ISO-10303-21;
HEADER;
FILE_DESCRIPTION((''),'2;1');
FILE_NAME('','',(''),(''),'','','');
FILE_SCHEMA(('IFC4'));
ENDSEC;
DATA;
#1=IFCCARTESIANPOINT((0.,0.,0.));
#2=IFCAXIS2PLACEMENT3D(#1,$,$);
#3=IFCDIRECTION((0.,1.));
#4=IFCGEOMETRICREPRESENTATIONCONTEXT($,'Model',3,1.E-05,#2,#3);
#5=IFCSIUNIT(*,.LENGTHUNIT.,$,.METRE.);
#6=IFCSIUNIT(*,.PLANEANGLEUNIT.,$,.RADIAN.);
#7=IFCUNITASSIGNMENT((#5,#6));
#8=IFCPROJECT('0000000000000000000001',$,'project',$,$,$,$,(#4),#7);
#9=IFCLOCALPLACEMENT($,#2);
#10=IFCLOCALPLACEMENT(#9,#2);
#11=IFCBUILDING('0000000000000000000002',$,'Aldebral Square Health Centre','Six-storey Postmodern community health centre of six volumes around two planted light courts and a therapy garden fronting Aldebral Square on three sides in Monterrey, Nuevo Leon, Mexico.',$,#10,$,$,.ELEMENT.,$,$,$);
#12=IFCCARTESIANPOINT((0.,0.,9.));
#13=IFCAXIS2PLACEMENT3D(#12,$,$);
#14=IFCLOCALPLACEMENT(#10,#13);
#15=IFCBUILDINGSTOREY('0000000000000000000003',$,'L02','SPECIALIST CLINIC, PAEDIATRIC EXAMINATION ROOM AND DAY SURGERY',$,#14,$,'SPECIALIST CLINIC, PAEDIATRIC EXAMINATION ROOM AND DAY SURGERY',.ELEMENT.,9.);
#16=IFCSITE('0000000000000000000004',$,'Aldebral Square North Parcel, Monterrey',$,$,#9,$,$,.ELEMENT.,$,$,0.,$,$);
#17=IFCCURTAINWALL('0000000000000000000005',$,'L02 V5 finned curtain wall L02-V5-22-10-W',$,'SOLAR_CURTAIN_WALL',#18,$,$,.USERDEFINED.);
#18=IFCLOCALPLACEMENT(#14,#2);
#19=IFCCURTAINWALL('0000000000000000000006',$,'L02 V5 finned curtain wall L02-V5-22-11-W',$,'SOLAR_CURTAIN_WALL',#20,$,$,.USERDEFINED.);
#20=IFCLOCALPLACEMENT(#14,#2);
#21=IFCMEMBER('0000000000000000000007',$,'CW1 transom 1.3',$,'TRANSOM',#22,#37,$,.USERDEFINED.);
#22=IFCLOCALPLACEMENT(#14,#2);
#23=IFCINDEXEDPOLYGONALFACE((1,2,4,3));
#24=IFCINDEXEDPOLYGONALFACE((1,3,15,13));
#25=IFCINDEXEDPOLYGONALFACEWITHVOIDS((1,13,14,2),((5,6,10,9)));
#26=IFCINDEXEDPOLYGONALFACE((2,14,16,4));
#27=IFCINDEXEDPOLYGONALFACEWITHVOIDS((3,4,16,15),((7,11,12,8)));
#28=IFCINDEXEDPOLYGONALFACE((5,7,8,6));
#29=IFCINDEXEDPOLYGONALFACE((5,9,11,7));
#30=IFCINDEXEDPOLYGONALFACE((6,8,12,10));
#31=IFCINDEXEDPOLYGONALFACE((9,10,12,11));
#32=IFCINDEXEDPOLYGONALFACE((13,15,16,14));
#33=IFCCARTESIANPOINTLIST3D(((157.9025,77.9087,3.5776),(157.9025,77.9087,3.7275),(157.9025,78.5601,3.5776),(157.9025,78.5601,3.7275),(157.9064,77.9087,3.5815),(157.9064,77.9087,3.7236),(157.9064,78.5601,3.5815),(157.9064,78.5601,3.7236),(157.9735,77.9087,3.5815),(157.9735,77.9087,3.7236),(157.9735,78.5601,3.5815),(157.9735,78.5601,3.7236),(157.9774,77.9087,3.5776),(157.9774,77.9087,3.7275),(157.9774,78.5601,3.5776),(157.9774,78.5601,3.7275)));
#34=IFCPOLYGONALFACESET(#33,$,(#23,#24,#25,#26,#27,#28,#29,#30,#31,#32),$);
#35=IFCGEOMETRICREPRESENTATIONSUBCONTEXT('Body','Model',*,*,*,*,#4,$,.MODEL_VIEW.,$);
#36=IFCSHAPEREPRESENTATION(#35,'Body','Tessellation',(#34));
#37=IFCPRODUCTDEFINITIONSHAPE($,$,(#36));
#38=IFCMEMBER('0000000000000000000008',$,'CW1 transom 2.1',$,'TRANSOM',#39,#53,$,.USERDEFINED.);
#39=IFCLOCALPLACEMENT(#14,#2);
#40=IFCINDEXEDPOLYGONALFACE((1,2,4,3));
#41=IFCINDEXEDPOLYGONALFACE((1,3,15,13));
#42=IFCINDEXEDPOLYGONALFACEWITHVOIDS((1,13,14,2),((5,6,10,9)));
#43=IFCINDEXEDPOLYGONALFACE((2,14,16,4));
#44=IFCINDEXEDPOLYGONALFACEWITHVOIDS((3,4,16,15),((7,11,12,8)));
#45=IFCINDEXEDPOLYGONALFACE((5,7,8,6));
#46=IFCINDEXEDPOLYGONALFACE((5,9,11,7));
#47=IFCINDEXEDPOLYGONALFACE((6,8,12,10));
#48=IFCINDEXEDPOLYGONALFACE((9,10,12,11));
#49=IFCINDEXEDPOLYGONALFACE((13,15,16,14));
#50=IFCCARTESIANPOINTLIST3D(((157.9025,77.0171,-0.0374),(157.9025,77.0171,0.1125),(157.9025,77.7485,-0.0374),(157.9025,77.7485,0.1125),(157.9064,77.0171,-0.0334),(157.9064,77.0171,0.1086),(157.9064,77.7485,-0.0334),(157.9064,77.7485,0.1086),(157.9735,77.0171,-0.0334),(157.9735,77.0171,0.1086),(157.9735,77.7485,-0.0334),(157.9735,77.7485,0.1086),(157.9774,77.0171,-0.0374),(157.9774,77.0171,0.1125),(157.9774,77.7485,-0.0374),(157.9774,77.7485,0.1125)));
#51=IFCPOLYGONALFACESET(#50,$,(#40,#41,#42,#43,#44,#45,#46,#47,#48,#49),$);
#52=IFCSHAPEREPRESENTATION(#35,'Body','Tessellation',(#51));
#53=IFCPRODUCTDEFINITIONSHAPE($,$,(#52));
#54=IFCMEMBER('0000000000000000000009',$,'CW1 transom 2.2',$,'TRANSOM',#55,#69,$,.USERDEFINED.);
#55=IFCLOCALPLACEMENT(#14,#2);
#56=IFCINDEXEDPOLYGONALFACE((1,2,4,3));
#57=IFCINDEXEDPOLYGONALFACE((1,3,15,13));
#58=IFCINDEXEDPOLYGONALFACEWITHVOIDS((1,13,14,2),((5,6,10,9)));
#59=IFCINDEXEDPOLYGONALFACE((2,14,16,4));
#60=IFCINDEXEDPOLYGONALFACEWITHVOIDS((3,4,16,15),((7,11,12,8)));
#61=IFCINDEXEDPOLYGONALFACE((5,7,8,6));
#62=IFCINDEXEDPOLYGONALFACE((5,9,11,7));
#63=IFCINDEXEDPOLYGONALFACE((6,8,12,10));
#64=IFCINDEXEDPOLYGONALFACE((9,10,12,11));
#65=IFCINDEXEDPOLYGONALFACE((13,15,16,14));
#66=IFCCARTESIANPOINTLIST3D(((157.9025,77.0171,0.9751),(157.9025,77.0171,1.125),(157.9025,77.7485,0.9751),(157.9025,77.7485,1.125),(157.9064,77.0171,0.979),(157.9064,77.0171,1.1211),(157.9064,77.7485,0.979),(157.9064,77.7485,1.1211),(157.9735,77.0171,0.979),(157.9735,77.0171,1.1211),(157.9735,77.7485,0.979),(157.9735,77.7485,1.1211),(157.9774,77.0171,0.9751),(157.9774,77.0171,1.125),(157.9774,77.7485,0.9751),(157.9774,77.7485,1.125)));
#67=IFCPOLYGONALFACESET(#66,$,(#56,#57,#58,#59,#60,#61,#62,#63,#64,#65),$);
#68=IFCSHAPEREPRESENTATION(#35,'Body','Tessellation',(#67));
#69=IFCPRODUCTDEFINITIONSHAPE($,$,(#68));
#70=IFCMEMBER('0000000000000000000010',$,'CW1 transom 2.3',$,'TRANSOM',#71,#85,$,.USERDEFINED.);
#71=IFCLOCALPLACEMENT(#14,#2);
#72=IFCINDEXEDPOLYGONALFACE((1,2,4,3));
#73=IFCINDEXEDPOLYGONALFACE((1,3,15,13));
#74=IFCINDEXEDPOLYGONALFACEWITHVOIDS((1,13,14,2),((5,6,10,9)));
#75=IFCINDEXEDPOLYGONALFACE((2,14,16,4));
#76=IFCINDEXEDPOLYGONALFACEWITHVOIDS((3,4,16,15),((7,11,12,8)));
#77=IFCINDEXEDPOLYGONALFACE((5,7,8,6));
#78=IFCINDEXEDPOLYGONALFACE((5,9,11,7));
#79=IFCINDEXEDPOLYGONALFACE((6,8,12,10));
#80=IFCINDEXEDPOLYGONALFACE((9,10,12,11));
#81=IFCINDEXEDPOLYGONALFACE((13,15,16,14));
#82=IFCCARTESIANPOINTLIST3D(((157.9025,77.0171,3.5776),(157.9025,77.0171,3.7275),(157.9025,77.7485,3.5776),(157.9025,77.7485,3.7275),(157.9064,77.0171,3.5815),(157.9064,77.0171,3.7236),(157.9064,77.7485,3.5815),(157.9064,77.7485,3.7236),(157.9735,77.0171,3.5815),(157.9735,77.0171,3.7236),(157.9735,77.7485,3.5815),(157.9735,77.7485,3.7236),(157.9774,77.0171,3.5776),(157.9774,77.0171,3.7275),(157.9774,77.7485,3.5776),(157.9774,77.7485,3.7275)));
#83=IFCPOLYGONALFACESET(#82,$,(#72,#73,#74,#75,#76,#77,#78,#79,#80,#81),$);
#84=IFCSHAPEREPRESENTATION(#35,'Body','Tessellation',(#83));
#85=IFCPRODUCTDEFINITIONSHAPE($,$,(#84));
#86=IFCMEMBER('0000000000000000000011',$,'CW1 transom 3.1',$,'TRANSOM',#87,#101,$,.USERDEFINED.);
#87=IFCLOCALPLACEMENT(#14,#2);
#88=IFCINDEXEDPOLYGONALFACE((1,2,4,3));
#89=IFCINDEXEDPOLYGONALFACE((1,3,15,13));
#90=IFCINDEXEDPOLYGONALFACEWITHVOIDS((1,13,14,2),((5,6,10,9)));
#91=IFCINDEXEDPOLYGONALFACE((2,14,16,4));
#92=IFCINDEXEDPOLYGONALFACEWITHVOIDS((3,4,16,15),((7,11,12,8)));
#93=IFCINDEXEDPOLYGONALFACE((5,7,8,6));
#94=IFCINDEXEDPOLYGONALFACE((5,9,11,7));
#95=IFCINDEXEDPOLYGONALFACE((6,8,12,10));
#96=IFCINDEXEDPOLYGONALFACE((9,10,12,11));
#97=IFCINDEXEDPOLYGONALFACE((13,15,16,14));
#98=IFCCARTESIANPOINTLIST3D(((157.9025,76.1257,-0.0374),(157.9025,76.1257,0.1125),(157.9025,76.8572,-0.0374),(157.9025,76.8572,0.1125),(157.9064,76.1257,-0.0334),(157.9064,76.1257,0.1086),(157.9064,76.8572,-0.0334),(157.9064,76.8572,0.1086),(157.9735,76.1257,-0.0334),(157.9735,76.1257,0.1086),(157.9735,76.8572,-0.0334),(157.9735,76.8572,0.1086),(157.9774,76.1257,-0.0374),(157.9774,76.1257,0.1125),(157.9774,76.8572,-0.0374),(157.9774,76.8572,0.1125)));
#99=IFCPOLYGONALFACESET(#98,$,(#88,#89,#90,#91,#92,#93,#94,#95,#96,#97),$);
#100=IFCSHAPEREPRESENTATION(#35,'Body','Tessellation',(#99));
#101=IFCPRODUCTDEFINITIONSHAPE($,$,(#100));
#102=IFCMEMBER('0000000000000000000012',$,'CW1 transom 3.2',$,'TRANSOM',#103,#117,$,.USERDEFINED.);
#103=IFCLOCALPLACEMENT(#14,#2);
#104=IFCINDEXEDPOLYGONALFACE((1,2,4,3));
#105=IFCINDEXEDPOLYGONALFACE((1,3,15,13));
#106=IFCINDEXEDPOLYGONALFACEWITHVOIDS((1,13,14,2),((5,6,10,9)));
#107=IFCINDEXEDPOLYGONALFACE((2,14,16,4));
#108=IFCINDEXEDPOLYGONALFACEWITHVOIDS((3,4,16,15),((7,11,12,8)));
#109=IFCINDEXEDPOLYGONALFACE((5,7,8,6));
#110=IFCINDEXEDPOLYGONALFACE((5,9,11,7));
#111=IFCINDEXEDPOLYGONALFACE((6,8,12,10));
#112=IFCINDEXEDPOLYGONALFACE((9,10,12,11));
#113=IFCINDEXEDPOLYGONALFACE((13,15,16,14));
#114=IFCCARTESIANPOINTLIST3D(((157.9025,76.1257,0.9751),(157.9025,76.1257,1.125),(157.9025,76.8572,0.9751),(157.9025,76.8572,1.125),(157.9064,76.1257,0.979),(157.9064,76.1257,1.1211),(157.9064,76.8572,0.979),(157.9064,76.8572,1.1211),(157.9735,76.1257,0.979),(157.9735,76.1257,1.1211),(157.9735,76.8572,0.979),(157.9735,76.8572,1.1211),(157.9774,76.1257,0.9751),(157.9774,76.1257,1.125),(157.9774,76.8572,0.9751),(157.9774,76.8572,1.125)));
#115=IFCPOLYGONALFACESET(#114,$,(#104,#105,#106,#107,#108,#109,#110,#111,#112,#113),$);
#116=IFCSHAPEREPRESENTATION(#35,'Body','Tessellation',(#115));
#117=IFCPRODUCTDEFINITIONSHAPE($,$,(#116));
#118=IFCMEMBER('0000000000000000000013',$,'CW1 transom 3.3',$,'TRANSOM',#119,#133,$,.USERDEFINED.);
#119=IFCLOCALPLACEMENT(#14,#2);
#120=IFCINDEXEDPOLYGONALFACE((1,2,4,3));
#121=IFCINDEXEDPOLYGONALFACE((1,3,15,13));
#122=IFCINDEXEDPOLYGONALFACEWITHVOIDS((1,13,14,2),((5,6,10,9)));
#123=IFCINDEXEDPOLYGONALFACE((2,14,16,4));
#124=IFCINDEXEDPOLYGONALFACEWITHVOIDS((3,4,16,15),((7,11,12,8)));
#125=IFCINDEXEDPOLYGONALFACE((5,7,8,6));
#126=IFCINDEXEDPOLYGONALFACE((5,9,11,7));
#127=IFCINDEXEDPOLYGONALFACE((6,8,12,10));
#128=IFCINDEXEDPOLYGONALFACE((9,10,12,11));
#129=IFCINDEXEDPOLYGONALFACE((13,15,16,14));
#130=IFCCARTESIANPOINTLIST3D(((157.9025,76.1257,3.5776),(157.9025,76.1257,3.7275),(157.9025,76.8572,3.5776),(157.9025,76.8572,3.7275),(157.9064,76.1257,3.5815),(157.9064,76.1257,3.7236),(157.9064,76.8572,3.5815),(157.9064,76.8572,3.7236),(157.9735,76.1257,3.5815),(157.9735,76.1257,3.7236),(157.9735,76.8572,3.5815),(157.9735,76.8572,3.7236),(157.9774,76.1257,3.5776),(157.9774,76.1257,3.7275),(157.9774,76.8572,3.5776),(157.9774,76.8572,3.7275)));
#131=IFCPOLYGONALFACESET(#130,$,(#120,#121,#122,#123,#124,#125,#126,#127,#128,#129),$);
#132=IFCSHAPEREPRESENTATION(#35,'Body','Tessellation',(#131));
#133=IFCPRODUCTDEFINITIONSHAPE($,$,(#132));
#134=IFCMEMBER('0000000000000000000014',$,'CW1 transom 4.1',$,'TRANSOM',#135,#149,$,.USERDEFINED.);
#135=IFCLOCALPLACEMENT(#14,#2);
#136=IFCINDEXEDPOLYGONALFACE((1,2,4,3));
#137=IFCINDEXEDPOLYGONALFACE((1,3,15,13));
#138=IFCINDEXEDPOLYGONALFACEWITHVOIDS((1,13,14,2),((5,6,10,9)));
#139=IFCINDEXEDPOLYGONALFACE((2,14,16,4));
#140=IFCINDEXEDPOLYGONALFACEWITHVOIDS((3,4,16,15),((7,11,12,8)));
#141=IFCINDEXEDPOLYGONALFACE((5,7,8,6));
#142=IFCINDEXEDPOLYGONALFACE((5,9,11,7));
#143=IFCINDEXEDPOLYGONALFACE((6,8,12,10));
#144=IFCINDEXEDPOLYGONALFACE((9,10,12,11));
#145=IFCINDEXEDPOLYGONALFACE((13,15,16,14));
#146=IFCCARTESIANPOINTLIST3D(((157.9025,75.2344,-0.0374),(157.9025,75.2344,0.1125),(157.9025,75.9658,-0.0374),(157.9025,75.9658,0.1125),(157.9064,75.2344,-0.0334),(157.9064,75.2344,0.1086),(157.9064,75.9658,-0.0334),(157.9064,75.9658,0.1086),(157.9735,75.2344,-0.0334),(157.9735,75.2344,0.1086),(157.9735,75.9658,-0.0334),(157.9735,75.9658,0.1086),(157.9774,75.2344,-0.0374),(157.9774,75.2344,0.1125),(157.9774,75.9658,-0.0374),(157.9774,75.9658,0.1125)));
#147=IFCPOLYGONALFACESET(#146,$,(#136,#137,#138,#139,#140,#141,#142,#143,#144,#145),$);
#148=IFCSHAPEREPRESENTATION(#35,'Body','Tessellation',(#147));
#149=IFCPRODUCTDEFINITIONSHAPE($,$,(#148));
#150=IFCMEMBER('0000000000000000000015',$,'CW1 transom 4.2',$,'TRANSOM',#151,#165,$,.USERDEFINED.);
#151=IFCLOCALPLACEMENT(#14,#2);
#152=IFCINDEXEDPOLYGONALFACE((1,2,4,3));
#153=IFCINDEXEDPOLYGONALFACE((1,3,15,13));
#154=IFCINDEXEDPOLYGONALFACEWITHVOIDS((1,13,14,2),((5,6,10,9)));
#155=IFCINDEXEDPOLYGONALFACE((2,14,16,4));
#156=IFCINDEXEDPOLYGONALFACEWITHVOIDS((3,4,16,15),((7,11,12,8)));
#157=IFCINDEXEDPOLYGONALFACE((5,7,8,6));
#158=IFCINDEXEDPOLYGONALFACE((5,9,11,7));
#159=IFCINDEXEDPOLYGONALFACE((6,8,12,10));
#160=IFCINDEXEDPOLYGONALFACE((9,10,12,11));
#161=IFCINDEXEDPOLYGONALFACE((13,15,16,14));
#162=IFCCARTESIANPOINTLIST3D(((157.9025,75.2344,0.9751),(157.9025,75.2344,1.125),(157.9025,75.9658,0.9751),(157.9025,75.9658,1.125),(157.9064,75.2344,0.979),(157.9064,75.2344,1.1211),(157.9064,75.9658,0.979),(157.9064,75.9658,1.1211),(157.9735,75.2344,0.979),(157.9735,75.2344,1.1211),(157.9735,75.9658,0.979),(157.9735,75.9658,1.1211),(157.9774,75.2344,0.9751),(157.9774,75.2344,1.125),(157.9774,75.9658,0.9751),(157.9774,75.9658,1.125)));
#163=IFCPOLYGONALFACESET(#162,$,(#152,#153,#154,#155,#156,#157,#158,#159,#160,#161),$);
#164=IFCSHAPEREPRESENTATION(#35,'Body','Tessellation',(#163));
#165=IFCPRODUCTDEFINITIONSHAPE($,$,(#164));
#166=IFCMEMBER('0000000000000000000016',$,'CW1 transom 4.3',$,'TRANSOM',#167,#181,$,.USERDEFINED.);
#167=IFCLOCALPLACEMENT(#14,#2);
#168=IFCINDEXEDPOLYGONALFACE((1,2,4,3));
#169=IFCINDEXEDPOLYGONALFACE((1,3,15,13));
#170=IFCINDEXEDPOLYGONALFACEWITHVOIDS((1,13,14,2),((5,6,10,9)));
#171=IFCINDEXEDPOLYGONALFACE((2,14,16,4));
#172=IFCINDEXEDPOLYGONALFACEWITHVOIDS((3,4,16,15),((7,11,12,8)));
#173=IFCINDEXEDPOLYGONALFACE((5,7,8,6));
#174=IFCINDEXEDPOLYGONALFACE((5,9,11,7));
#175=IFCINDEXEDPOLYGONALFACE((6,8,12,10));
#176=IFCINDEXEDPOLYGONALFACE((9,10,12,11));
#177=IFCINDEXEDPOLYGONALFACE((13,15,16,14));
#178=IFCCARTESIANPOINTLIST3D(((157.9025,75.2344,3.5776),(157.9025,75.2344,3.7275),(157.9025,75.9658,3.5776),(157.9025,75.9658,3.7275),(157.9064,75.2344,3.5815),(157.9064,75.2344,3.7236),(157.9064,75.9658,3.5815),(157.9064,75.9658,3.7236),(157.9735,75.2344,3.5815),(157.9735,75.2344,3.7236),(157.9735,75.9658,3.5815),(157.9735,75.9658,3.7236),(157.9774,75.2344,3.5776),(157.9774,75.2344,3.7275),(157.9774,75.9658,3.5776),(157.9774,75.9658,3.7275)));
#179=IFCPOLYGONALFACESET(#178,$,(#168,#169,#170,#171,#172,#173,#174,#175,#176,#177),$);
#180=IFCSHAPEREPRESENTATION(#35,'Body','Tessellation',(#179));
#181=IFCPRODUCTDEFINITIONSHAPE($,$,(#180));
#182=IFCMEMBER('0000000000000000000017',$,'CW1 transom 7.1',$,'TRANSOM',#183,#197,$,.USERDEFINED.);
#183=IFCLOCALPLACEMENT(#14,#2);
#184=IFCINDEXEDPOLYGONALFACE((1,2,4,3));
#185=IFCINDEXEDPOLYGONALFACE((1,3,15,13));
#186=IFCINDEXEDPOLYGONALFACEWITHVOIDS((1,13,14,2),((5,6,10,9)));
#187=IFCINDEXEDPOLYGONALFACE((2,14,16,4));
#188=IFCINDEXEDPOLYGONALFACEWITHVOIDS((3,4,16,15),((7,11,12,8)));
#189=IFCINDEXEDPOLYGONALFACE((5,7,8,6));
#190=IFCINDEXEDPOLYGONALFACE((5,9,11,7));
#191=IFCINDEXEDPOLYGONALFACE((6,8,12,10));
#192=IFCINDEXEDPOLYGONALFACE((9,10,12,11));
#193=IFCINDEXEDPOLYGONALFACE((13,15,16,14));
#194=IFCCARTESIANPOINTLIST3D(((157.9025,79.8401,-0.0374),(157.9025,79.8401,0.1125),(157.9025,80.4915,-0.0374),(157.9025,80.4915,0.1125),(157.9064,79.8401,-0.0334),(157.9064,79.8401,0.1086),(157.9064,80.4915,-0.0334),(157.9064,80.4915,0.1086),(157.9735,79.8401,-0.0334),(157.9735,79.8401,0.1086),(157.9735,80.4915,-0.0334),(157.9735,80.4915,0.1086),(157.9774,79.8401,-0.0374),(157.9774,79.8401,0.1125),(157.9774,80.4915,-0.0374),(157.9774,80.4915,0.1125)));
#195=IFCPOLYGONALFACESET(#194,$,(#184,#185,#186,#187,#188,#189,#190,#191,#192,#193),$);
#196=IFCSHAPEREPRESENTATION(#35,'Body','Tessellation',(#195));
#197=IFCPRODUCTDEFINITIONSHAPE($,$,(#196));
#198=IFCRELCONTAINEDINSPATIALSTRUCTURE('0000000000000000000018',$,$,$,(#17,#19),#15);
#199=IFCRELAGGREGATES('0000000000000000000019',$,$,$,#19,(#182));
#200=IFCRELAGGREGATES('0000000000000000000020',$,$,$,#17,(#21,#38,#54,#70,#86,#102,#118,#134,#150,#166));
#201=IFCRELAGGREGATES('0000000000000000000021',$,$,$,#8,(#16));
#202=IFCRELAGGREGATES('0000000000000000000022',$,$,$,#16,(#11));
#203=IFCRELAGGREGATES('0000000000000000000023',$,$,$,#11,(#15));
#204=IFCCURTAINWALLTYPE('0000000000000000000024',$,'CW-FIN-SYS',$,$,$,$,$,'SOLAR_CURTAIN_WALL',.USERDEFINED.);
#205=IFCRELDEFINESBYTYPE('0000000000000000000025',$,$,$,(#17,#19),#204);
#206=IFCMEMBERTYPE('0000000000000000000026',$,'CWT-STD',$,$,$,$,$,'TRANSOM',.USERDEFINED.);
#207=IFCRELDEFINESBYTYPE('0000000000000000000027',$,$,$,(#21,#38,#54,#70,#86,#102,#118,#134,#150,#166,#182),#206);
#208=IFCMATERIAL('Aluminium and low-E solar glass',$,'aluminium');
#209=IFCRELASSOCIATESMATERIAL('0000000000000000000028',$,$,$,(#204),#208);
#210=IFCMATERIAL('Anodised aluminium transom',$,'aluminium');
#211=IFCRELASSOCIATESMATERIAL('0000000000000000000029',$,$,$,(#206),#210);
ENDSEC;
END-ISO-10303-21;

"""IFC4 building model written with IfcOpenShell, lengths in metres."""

from ifc_helpers import new_model, si_unit, direction, frame, origin, origin_2d, place, context, subcontext, project, spatial, hollow_rectangle, extrude, material, material_profile, profile_set, type_object, element, aggregate, save


model = new_model("IFC4")

# Units and contexts
model_context = context("Model", 3, precision=1e-05, world=origin(), true_north=direction((0.0, 1.0)))
body_context = subcontext(model_context, "Body", "Model", "MODEL_VIEW")
ifc_project = project(units=[si_unit("LENGTHUNIT", "METRE"), si_unit("PLANEANGLEUNIT", "RADIAN")], contexts=[model_context])

# Site, building, storey
site_placement = place(None, origin())
site = spatial("IfcSite", under=ifc_project, at=site_placement, Name="Aldebral Square North Parcel, Monterrey", CompositionType="ELEMENT", RefElevation=0.0)
building_placement = place(site_placement, origin())
building = spatial("IfcBuilding", under=site, at=building_placement, Name="Aldebral Square Health Centre", Description="Six-storey Postmodern community health centre of six volumes around two planted light courts and a therapy garden fronting Aldebral Square on three sides in Monterrey, Nuevo Leon, Mexico.", CompositionType="ELEMENT")
storey_placement = place(building_placement, frame((0.0, 0.0, 9.0)))
storey = spatial("IfcBuildingStorey", under=building, at=storey_placement, Name="L02", Description="SPECIALIST CLINIC, PAEDIATRIC EXAMINATION ROOM AND DAY SURGERY", LongName="SPECIALIST CLINIC, PAEDIATRIC EXAMINATION ROOM AND DAY SURGERY", CompositionType="ELEMENT", Elevation=9.0)

# Curtain walls
ifc_material_1 = material(Name="Aluminium and low-E solar glass", Category="aluminium")
curtain_wall_type = type_object("IfcCurtainWallType", Name="CW-FIN-SYS", ElementType="SOLAR_CURTAIN_WALL", PredefinedType="USERDEFINED", material=ifc_material_1)
curtain_wall_1_placement = place(storey_placement, origin())
curtain_wall_1 = element("IfcCurtainWall", 1, at=curtain_wall_1_placement, inside=storey, type_object=curtain_wall_type, Name="L02 V5 finned curtain wall L02-V5-22-10-W", ObjectType="SOLAR_CURTAIN_WALL", PredefinedType="USERDEFINED")
curtain_wall_2_placement = place(storey_placement, origin())
curtain_wall_2 = element("IfcCurtainWall", 2, at=curtain_wall_2_placement, inside=storey, type_object=curtain_wall_type, Name="L02 V5 finned curtain wall L02-V5-22-11-W", ObjectType="SOLAR_CURTAIN_WALL", PredefinedType="USERDEFINED")

# Members
ifc_material_2 = material(Name="Anodised aluminium transom", Category="aluminium")
ifc_material_profile_1 = material_profile(ifc_material_2, hollow_rectangle(XDim=0.075, YDim=0.1499, WallThickness=0.0039, at=origin_2d()), Name="CWT 75x150x4")
ifc_profile_set_1 = profile_set([ifc_material_profile_1], Name="Anodised aluminium transom")
member_type_1 = type_object("IfcMemberType", Name="CWT-STD", ElementType="TRANSOM", PredefinedType="USERDEFINED", material=ifc_profile_set_1)
member_1_placement = place(storey_placement, frame((157.9399, 78.5601, 3.6526), z_axis=(0.0, -1.0, 0.0), x_axis=(1.0, 0.0, 0.0)))
member_1 = element("IfcMember", 3, at=member_1_placement, type_object=member_type_1, Name="CW1 transom 1.3", ObjectType="TRANSOM", PredefinedType="USERDEFINED", context=body_context, shape_type="SweptSolid", body=[
    extrude(hollow_rectangle(XDim=0.075, YDim=0.1499, WallThickness=0.0039, at=origin_2d()), origin(), (0.0, 0.0, 1.0), 0.6514),
])
member_2_placement = place(storey_placement, frame((157.9399, 77.7485, 0.0376), z_axis=(0.0, -1.0, 0.0), x_axis=(1.0, 0.0, 0.0)))
member_2 = element("IfcMember", 4, at=member_2_placement, type_object=member_type_1, Name="CW1 transom 2.1", ObjectType="TRANSOM", PredefinedType="USERDEFINED", context=body_context, shape_type="SweptSolid", body=[
    extrude(hollow_rectangle(XDim=0.075, YDim=0.1499, WallThickness=0.0039, at=origin_2d()), origin(), (0.0, 0.0, 1.0), 0.7314),
])
member_3_placement = place(storey_placement, frame((157.9399, 77.7485, 1.05), z_axis=(0.0, -1.0, 0.0), x_axis=(1.0, 0.0, 0.0)))
member_3 = element("IfcMember", 5, at=member_3_placement, type_object=member_type_1, Name="CW1 transom 2.2", ObjectType="TRANSOM", PredefinedType="USERDEFINED", context=body_context, shape_type="SweptSolid", body=[
    extrude(hollow_rectangle(XDim=0.075, YDim=0.1499, WallThickness=0.0039, at=origin_2d()), origin(), (0.0, 0.0, 1.0), 0.7314),
])
member_4_placement = place(storey_placement, frame((157.9399, 77.7485, 3.6526), z_axis=(0.0, -1.0, 0.0), x_axis=(1.0, 0.0, 0.0)))
member_4 = element("IfcMember", 6, at=member_4_placement, type_object=member_type_1, Name="CW1 transom 2.3", ObjectType="TRANSOM", PredefinedType="USERDEFINED", context=body_context, shape_type="SweptSolid", body=[
    extrude(hollow_rectangle(XDim=0.075, YDim=0.1499, WallThickness=0.0039, at=origin_2d()), origin(), (0.0, 0.0, 1.0), 0.7314),
])
member_5_placement = place(storey_placement, frame((157.9399, 76.8572, 0.0376), z_axis=(0.0, -1.0, 0.0), x_axis=(1.0, 0.0, 0.0)))
member_5 = element("IfcMember", 7, at=member_5_placement, type_object=member_type_1, Name="CW1 transom 3.1", ObjectType="TRANSOM", PredefinedType="USERDEFINED", context=body_context, shape_type="SweptSolid", body=[
    extrude(hollow_rectangle(XDim=0.075, YDim=0.1499, WallThickness=0.0039, at=origin_2d()), origin(), (0.0, 0.0, 1.0), 0.7314),
])
member_6_placement = place(storey_placement, frame((157.9399, 76.8572, 1.05), z_axis=(0.0, -1.0, 0.0), x_axis=(1.0, 0.0, 0.0)))
member_6 = element("IfcMember", 8, at=member_6_placement, type_object=member_type_1, Name="CW1 transom 3.2", ObjectType="TRANSOM", PredefinedType="USERDEFINED", context=body_context, shape_type="SweptSolid", body=[
    extrude(hollow_rectangle(XDim=0.075, YDim=0.1499, WallThickness=0.0039, at=origin_2d()), origin(), (0.0, 0.0, 1.0), 0.7314),
])
member_7_placement = place(storey_placement, frame((157.9399, 76.8572, 3.6526), z_axis=(0.0, -1.0, 0.0), x_axis=(1.0, 0.0, 0.0)))
member_7 = element("IfcMember", 9, at=member_7_placement, type_object=member_type_1, Name="CW1 transom 3.3", ObjectType="TRANSOM", PredefinedType="USERDEFINED", context=body_context, shape_type="SweptSolid", body=[
    extrude(hollow_rectangle(XDim=0.075, YDim=0.1499, WallThickness=0.0039, at=origin_2d()), origin(), (0.0, 0.0, 1.0), 0.7314),
])
member_8_placement = place(storey_placement, frame((157.9399, 75.9658, 0.0376), z_axis=(0.0, -1.0, 0.0), x_axis=(1.0, 0.0, 0.0)))
member_8 = element("IfcMember", 10, at=member_8_placement, type_object=member_type_1, Name="CW1 transom 4.1", ObjectType="TRANSOM", PredefinedType="USERDEFINED", context=body_context, shape_type="SweptSolid", body=[
    extrude(hollow_rectangle(XDim=0.075, YDim=0.1499, WallThickness=0.0039, at=origin_2d()), origin(), (0.0, 0.0, 1.0), 0.7314),
])
member_9_placement = place(storey_placement, frame((157.9399, 75.9658, 1.05), z_axis=(0.0, -1.0, 0.0), x_axis=(1.0, 0.0, 0.0)))
member_9 = element("IfcMember", 11, at=member_9_placement, type_object=member_type_1, Name="CW1 transom 4.2", ObjectType="TRANSOM", PredefinedType="USERDEFINED", context=body_context, shape_type="SweptSolid", body=[
    extrude(hollow_rectangle(XDim=0.075, YDim=0.1499, WallThickness=0.0039, at=origin_2d()), origin(), (0.0, 0.0, 1.0), 0.7314),
])
member_10_placement = place(storey_placement, frame((157.9399, 75.9658, 3.6526), z_axis=(0.0, -1.0, 0.0), x_axis=(1.0, 0.0, 0.0)))
member_10 = element("IfcMember", 12, at=member_10_placement, type_object=member_type_1, Name="CW1 transom 4.3", ObjectType="TRANSOM", PredefinedType="USERDEFINED", context=body_context, shape_type="SweptSolid", body=[
    extrude(hollow_rectangle(XDim=0.075, YDim=0.1499, WallThickness=0.0039, at=origin_2d()), origin(), (0.0, 0.0, 1.0), 0.7314),
])
member_11_placement = place(storey_placement, frame((157.9399, 80.4915, 0.0376), z_axis=(0.0, -1.0, 0.0), x_axis=(1.0, 0.0, 0.0)))
member_11 = element("IfcMember", 13, at=member_11_placement, type_object=member_type_1, Name="CW1 transom 7.1", ObjectType="TRANSOM", PredefinedType="USERDEFINED", context=body_context, shape_type="SweptSolid", body=[
    extrude(hollow_rectangle(XDim=0.075, YDim=0.1499, WallThickness=0.0039, at=origin_2d()), origin(), (0.0, 0.0, 1.0), 0.6514),
])

aggregate(curtain_wall_2, [member_11])
aggregate(curtain_wall_1, [member_1, member_2, member_3, member_4, member_5, member_6, member_7, member_8, member_9, member_10])

save(model, "model.ifc")
